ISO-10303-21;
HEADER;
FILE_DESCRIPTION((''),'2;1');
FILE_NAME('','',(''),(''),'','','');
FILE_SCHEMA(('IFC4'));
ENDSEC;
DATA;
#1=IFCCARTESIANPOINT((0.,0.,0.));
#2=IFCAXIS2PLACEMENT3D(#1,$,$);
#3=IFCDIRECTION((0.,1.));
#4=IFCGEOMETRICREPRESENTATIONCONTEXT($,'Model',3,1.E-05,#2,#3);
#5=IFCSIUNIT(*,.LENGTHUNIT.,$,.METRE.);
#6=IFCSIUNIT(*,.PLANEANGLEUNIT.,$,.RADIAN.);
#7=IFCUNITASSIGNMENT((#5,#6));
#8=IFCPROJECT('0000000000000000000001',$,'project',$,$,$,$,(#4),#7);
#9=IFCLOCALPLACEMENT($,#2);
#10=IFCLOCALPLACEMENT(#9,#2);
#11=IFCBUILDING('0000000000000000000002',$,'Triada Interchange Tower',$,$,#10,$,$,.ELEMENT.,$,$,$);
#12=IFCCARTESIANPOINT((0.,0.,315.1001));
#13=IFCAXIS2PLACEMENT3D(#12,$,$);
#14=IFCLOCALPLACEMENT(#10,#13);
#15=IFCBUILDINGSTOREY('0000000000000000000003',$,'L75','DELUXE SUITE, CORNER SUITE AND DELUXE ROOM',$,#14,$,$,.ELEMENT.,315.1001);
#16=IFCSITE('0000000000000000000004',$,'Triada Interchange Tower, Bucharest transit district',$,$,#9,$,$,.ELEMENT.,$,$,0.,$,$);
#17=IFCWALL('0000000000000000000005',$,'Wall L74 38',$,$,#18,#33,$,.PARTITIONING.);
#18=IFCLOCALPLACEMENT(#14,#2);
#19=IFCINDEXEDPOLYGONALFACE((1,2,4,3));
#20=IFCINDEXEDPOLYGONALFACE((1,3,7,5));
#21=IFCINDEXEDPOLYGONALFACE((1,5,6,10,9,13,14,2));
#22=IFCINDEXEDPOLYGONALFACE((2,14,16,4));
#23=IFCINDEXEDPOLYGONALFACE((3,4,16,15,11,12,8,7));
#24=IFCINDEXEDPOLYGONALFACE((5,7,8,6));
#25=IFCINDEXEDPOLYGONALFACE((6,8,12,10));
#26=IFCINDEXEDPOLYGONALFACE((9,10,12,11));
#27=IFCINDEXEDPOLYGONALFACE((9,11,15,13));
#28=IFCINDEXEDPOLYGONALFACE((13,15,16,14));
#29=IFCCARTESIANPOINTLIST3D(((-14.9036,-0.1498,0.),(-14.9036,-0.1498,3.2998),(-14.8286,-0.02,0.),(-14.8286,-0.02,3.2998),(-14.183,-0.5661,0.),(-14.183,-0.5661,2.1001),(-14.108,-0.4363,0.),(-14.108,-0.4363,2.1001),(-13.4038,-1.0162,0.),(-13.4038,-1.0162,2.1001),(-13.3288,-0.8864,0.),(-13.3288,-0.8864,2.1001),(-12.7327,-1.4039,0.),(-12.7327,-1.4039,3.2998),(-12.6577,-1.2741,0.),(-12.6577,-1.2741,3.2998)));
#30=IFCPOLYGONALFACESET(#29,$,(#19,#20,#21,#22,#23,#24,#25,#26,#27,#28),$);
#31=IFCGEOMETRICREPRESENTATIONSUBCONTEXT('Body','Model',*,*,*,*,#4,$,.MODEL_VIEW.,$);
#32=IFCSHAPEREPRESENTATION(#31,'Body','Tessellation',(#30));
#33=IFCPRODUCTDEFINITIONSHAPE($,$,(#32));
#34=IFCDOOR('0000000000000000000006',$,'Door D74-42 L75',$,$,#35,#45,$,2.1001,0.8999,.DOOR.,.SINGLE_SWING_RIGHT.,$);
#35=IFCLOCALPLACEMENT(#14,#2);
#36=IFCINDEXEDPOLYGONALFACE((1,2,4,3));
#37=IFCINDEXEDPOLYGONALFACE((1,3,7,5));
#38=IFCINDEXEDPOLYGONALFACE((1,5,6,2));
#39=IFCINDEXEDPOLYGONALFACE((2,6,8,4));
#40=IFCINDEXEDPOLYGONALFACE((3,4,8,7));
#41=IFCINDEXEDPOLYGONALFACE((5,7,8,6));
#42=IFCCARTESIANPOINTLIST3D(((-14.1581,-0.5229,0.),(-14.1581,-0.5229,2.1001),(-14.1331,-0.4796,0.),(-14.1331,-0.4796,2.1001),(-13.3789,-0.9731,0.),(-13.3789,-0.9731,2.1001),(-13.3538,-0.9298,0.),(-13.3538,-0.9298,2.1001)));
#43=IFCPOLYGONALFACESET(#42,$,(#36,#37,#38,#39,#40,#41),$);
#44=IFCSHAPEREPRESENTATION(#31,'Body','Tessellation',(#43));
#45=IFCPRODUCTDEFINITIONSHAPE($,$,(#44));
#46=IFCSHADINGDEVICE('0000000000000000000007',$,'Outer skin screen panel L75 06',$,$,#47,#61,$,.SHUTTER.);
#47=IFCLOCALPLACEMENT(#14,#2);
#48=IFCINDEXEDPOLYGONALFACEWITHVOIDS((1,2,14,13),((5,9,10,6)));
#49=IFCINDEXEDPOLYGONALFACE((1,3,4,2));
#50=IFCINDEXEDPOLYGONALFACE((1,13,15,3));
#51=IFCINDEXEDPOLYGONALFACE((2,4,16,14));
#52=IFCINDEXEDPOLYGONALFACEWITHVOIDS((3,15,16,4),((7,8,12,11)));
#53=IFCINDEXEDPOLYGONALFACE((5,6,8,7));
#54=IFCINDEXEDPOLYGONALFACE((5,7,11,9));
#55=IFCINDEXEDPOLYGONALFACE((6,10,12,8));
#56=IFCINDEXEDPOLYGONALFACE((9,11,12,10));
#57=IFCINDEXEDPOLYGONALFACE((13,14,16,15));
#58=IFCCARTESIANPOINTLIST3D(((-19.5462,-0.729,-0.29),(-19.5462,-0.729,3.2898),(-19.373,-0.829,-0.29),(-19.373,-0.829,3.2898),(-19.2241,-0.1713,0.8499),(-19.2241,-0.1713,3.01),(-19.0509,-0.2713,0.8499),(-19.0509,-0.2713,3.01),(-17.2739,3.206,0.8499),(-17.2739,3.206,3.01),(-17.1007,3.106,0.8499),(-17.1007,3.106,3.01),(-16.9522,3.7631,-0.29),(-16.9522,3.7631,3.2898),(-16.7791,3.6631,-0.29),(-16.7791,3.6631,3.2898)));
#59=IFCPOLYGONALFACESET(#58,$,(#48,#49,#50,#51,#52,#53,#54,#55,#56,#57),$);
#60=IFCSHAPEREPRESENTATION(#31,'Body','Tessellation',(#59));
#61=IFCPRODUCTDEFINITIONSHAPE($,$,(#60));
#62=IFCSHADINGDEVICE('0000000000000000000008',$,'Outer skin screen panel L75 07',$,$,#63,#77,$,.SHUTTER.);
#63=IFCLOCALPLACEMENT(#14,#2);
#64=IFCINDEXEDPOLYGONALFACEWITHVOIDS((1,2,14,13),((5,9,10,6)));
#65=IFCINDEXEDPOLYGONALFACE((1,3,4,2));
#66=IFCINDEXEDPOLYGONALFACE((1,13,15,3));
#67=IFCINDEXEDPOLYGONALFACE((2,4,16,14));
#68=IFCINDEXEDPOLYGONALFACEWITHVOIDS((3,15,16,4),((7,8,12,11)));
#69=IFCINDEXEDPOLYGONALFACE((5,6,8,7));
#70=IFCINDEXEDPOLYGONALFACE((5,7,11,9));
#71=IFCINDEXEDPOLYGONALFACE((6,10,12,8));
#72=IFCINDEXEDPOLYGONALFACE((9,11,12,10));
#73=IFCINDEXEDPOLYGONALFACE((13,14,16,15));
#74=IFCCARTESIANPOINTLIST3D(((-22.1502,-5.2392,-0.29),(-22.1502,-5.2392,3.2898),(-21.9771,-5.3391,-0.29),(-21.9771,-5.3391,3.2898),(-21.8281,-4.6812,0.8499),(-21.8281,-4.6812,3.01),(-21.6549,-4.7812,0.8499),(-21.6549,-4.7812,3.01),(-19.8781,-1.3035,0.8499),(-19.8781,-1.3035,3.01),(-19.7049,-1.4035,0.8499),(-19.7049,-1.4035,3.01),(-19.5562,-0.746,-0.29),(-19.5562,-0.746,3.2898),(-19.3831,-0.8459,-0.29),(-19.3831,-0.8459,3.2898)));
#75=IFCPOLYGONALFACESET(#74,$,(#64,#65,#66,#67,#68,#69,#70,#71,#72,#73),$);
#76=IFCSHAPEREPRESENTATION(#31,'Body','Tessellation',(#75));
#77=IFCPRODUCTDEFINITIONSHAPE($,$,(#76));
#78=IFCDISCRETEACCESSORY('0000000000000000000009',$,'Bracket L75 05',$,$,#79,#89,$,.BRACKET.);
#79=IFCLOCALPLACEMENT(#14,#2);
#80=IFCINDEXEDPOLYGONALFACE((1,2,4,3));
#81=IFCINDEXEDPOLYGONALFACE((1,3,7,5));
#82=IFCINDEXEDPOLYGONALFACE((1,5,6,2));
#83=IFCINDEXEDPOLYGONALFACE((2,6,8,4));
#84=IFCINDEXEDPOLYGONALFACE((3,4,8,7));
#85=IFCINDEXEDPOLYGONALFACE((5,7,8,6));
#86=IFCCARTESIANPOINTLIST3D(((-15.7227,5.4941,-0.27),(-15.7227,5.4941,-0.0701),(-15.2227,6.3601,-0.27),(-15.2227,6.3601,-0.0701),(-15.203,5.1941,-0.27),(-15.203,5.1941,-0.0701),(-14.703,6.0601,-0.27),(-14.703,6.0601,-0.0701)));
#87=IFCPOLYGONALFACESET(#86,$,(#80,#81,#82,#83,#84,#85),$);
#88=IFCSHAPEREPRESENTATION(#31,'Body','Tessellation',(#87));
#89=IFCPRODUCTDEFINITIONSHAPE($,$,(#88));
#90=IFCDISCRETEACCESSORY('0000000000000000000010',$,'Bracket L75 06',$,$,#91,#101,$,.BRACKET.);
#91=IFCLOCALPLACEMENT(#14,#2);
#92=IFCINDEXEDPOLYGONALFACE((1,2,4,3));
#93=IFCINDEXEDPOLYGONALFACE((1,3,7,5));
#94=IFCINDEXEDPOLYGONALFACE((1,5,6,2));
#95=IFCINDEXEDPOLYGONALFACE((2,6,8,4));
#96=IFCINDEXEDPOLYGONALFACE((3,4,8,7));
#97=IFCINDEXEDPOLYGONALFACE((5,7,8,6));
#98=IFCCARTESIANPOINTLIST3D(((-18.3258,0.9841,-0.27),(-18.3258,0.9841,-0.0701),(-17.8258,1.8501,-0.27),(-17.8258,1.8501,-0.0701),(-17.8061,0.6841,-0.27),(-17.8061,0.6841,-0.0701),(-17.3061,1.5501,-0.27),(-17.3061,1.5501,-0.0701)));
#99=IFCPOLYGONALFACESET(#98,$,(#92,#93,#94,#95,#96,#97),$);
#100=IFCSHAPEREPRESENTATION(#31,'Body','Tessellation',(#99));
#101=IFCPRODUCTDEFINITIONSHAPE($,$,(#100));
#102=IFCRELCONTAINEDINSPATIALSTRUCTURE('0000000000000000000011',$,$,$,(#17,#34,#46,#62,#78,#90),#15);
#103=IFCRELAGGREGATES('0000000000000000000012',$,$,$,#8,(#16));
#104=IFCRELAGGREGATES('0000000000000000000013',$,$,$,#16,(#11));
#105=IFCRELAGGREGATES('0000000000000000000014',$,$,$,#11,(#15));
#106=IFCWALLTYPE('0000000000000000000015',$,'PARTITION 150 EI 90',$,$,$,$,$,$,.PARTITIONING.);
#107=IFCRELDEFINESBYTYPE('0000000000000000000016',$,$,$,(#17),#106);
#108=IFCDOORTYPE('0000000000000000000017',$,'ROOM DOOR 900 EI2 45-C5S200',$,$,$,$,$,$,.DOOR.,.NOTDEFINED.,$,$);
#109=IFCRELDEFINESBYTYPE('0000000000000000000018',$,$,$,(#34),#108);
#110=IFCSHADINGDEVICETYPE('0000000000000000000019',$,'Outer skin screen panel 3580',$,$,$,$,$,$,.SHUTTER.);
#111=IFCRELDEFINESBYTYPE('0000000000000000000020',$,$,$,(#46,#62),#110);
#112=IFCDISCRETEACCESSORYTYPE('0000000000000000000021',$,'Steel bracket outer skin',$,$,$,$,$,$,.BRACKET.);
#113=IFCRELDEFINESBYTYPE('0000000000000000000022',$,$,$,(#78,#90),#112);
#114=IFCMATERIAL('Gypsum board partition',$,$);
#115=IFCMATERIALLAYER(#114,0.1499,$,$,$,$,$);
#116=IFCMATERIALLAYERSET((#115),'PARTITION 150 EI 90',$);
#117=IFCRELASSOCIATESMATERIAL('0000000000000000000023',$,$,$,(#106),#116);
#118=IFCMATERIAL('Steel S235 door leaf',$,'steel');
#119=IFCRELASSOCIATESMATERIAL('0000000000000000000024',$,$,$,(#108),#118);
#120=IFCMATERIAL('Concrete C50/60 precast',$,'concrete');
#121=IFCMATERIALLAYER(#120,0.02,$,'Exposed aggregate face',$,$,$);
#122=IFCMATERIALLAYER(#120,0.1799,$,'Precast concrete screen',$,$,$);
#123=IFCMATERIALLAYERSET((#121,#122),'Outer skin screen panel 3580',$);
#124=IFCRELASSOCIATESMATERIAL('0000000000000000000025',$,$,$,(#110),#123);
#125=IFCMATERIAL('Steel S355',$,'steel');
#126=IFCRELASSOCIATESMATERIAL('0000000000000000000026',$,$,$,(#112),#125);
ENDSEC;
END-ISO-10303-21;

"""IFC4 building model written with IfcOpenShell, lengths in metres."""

from ifc_helpers import new_model, si_unit, direction, frame, frame_2d, origin, origin_2d, place, context, subcontext, project, spatial, polyline, rectangle, outline, extrude, material, layer, layer_set, type_object, element, fill, save


model = new_model("IFC4")

# Units and contexts
model_context = context("Model", 3, precision=1e-05, world=origin(), true_north=direction((0.0, 1.0)))
body_context = subcontext(model_context, "Body", "Model", "MODEL_VIEW")
ifc_project = project(units=[si_unit("LENGTHUNIT", "METRE"), si_unit("PLANEANGLEUNIT", "RADIAN")], contexts=[model_context])

# Site, building, storey
site_placement = place(None, origin())
site = spatial("IfcSite", under=ifc_project, at=site_placement, Name="Triada Interchange Tower, Bucharest transit district", CompositionType="ELEMENT", RefElevation=0.0)
building_placement = place(site_placement, origin())
building = spatial("IfcBuilding", under=site, at=building_placement, Name="Triada Interchange Tower", CompositionType="ELEMENT")
storey_placement = place(building_placement, frame((0.0, 0.0, 315.1001)))
storey = spatial("IfcBuildingStorey", under=building, at=storey_placement, Name="L75", Description="DELUXE SUITE, CORNER SUITE AND DELUXE ROOM", CompositionType="ELEMENT", Elevation=315.1001)

# Shared definitions
ifc_material_1 = material(Name="Gypsum board partition")
ifc_layer_1 = layer(ifc_material_1, 0.1499)
ifc_layer_set_1 = layer_set([ifc_layer_1], Name="PARTITION 150 EI 90")
wall_type_1 = type_object("IfcWallType", Name="PARTITION 150 EI 90", PredefinedType="PARTITIONING", material=ifc_layer_set_1)

# Wall, opening, door
wall_1_placement = place(storey_placement, frame((-14.866, -0.085, 0.0), z_axis=(0.0, 0.0, 1.0), x_axis=(0.86589, -0.500234, 0.0)))
wall_1 = element("IfcWall", 1, at=wall_1_placement, inside=storey, type_object=wall_type_1, Name="Wall L74 38", PredefinedType="PARTITIONING", context=body_context, shape_type="SweptSolid", body=[
    extrude(rectangle(XDim=2.5071, YDim=0.1499, at=frame_2d((1.2534, 0.0))), origin(), (0.0, 0.0, 1.0), 3.2998),
])
opening_placement = place(wall_1_placement, frame((0.832, 0.0, 0.0)))
opening = element("IfcOpeningElement", 2, at=opening_placement, cuts=wall_1, PredefinedType="OPENING", context=body_context, shape_type="SweptSolid", body=[
    extrude(rectangle(XDim=0.8999, YDim=2.1001, at=frame_2d((0.45, 1.05))), frame((0.0, 0.085, 0.0), z_axis=(0.0, -1.0, 0.0), x_axis=(1.0, 0.0, 0.0)), (0.0, 0.0, 1.0), 0.1699),
])
ifc_material_2 = material(Name="Steel S235 door leaf", Category="steel")
door_type = type_object("IfcDoorType", Name="ROOM DOOR 900 EI2 45-C5S200", OperationType="NOTDEFINED", PredefinedType="DOOR", material=ifc_material_2)
door_placement = place(opening_placement, origin())
door = element("IfcDoor", 3, at=door_placement, inside=storey, type_object=door_type, Name="Door D74-42 L75", OperationType="SINGLE_SWING_RIGHT", OverallHeight=2.1001, OverallWidth=0.8999, PredefinedType="DOOR", context=body_context, shape_type="SweptSolid", body=[
    extrude(rectangle(XDim=0.8999, YDim=2.1001, at=frame_2d((0.45, 1.05))), frame((0.0, 0.0249, 0.0), z_axis=(0.0, -1.0, 0.0), x_axis=(1.0, 0.0, 0.0)), (0.0, 0.0, 1.0), 0.05),
])
fill(opening, door)

# Shading devices
ifc_material_3 = material(Name="Concrete C50/60 precast", Category="concrete")
ifc_layer_2 = layer(ifc_material_3, 0.02, Name="Exposed aggregate face")
ifc_layer_3 = layer(ifc_material_3, 0.1799, Name="Precast concrete screen")
ifc_layer_set_2 = layer_set([ifc_layer_2, ifc_layer_3], Name="Outer skin screen panel 3580")
shading_device_type = type_object("IfcShadingDeviceType", Name="Outer skin screen panel 3580", PredefinedType="SHUTTER", material=ifc_layer_set_2)
shading_device_1_placement = place(storey_placement, frame((-16.7791, 3.6631, -0.29), z_axis=(0.0, 0.0, 1.0), x_axis=(-0.500062, -0.86599, 0.0)))
element("IfcShadingDevice", 4, at=shading_device_1_placement, inside=storey, type_object=shading_device_type, Name="Outer skin screen panel L75 06", PredefinedType="SHUTTER", context=body_context, shape_type="SweptSolid", body=[
    extrude(outline(polyline([(0.0, 0.0), (5.1873, 0.0), (5.1873, 3.5798), (0.0, 3.5798), (0.0, 0.0)]), holes=[polyline([(0.6433, 1.1399), (0.6433, 3.3), (4.5432, 3.3), (4.5432, 1.1399), (0.6433, 1.1399)])]), frame((0.0, 0.0, 0.0), z_axis=(0.0, -1.0, 0.0), x_axis=(1.0, 0.0, 0.0)), (0.0, 0.0, 1.0), 0.2),
])
shading_device_2_placement = place(storey_placement, frame((-19.3831, -0.8459, -0.29), z_axis=(0.0, 0.0, 1.0), x_axis=(-0.49998, -0.866037, 0.0)))
element("IfcShadingDevice", 5, at=shading_device_2_placement, inside=storey, type_object=shading_device_type, Name="Outer skin screen panel L75 07", PredefinedType="SHUTTER", context=body_context, shape_type="SweptSolid", body=[
    extrude(outline(polyline([(0.0, 0.0), (5.1882, 0.0), (5.1882, 3.5798), (0.0, 3.5798), (0.0, 0.0)]), holes=[polyline([(0.6438, 1.1399), (0.6438, 3.3), (4.5439, 3.3), (4.5439, 1.1399), (0.6438, 1.1399)])]), frame((0.0, 0.0, 0.0), z_axis=(0.0, -1.0, 0.0), x_axis=(1.0, 0.0, 0.0)), (0.0, 0.0, 1.0), 0.2),
])

# Discrete accessories
ifc_material_4 = material(Name="Steel S355", Category="steel")
discrete_accessory_type = type_object("IfcDiscreteAccessoryType", Name="Steel bracket outer skin", PredefinedType="BRACKET", material=ifc_material_4)
for number, where, z_axis, x_axis, name in (
    (6, (-15.2129, 5.7771, -0.27), (0.0, 0.0, 1.0), (-0.866025, 0.500001, 0.0), "Bracket L75 05"),
    (7, (-17.8159, 1.2671, -0.27), (0.0, 0.0, 1.0), (-0.866025, 0.500001, 0.0), "Bracket L75 06"),
):
    element("IfcDiscreteAccessory", number, at=place(storey_placement, frame(where, z_axis=z_axis, x_axis=x_axis)), inside=storey, type_object=discrete_accessory_type, Name=name, PredefinedType="BRACKET", context=body_context, shape_type="SweptSolid", body=[
        extrude(rectangle(XDim=0.6001, YDim=1.0, at=origin_2d()), origin(), (0.0, 0.0, 1.0), 0.2),
    ])

save(model, "model.ifc")
